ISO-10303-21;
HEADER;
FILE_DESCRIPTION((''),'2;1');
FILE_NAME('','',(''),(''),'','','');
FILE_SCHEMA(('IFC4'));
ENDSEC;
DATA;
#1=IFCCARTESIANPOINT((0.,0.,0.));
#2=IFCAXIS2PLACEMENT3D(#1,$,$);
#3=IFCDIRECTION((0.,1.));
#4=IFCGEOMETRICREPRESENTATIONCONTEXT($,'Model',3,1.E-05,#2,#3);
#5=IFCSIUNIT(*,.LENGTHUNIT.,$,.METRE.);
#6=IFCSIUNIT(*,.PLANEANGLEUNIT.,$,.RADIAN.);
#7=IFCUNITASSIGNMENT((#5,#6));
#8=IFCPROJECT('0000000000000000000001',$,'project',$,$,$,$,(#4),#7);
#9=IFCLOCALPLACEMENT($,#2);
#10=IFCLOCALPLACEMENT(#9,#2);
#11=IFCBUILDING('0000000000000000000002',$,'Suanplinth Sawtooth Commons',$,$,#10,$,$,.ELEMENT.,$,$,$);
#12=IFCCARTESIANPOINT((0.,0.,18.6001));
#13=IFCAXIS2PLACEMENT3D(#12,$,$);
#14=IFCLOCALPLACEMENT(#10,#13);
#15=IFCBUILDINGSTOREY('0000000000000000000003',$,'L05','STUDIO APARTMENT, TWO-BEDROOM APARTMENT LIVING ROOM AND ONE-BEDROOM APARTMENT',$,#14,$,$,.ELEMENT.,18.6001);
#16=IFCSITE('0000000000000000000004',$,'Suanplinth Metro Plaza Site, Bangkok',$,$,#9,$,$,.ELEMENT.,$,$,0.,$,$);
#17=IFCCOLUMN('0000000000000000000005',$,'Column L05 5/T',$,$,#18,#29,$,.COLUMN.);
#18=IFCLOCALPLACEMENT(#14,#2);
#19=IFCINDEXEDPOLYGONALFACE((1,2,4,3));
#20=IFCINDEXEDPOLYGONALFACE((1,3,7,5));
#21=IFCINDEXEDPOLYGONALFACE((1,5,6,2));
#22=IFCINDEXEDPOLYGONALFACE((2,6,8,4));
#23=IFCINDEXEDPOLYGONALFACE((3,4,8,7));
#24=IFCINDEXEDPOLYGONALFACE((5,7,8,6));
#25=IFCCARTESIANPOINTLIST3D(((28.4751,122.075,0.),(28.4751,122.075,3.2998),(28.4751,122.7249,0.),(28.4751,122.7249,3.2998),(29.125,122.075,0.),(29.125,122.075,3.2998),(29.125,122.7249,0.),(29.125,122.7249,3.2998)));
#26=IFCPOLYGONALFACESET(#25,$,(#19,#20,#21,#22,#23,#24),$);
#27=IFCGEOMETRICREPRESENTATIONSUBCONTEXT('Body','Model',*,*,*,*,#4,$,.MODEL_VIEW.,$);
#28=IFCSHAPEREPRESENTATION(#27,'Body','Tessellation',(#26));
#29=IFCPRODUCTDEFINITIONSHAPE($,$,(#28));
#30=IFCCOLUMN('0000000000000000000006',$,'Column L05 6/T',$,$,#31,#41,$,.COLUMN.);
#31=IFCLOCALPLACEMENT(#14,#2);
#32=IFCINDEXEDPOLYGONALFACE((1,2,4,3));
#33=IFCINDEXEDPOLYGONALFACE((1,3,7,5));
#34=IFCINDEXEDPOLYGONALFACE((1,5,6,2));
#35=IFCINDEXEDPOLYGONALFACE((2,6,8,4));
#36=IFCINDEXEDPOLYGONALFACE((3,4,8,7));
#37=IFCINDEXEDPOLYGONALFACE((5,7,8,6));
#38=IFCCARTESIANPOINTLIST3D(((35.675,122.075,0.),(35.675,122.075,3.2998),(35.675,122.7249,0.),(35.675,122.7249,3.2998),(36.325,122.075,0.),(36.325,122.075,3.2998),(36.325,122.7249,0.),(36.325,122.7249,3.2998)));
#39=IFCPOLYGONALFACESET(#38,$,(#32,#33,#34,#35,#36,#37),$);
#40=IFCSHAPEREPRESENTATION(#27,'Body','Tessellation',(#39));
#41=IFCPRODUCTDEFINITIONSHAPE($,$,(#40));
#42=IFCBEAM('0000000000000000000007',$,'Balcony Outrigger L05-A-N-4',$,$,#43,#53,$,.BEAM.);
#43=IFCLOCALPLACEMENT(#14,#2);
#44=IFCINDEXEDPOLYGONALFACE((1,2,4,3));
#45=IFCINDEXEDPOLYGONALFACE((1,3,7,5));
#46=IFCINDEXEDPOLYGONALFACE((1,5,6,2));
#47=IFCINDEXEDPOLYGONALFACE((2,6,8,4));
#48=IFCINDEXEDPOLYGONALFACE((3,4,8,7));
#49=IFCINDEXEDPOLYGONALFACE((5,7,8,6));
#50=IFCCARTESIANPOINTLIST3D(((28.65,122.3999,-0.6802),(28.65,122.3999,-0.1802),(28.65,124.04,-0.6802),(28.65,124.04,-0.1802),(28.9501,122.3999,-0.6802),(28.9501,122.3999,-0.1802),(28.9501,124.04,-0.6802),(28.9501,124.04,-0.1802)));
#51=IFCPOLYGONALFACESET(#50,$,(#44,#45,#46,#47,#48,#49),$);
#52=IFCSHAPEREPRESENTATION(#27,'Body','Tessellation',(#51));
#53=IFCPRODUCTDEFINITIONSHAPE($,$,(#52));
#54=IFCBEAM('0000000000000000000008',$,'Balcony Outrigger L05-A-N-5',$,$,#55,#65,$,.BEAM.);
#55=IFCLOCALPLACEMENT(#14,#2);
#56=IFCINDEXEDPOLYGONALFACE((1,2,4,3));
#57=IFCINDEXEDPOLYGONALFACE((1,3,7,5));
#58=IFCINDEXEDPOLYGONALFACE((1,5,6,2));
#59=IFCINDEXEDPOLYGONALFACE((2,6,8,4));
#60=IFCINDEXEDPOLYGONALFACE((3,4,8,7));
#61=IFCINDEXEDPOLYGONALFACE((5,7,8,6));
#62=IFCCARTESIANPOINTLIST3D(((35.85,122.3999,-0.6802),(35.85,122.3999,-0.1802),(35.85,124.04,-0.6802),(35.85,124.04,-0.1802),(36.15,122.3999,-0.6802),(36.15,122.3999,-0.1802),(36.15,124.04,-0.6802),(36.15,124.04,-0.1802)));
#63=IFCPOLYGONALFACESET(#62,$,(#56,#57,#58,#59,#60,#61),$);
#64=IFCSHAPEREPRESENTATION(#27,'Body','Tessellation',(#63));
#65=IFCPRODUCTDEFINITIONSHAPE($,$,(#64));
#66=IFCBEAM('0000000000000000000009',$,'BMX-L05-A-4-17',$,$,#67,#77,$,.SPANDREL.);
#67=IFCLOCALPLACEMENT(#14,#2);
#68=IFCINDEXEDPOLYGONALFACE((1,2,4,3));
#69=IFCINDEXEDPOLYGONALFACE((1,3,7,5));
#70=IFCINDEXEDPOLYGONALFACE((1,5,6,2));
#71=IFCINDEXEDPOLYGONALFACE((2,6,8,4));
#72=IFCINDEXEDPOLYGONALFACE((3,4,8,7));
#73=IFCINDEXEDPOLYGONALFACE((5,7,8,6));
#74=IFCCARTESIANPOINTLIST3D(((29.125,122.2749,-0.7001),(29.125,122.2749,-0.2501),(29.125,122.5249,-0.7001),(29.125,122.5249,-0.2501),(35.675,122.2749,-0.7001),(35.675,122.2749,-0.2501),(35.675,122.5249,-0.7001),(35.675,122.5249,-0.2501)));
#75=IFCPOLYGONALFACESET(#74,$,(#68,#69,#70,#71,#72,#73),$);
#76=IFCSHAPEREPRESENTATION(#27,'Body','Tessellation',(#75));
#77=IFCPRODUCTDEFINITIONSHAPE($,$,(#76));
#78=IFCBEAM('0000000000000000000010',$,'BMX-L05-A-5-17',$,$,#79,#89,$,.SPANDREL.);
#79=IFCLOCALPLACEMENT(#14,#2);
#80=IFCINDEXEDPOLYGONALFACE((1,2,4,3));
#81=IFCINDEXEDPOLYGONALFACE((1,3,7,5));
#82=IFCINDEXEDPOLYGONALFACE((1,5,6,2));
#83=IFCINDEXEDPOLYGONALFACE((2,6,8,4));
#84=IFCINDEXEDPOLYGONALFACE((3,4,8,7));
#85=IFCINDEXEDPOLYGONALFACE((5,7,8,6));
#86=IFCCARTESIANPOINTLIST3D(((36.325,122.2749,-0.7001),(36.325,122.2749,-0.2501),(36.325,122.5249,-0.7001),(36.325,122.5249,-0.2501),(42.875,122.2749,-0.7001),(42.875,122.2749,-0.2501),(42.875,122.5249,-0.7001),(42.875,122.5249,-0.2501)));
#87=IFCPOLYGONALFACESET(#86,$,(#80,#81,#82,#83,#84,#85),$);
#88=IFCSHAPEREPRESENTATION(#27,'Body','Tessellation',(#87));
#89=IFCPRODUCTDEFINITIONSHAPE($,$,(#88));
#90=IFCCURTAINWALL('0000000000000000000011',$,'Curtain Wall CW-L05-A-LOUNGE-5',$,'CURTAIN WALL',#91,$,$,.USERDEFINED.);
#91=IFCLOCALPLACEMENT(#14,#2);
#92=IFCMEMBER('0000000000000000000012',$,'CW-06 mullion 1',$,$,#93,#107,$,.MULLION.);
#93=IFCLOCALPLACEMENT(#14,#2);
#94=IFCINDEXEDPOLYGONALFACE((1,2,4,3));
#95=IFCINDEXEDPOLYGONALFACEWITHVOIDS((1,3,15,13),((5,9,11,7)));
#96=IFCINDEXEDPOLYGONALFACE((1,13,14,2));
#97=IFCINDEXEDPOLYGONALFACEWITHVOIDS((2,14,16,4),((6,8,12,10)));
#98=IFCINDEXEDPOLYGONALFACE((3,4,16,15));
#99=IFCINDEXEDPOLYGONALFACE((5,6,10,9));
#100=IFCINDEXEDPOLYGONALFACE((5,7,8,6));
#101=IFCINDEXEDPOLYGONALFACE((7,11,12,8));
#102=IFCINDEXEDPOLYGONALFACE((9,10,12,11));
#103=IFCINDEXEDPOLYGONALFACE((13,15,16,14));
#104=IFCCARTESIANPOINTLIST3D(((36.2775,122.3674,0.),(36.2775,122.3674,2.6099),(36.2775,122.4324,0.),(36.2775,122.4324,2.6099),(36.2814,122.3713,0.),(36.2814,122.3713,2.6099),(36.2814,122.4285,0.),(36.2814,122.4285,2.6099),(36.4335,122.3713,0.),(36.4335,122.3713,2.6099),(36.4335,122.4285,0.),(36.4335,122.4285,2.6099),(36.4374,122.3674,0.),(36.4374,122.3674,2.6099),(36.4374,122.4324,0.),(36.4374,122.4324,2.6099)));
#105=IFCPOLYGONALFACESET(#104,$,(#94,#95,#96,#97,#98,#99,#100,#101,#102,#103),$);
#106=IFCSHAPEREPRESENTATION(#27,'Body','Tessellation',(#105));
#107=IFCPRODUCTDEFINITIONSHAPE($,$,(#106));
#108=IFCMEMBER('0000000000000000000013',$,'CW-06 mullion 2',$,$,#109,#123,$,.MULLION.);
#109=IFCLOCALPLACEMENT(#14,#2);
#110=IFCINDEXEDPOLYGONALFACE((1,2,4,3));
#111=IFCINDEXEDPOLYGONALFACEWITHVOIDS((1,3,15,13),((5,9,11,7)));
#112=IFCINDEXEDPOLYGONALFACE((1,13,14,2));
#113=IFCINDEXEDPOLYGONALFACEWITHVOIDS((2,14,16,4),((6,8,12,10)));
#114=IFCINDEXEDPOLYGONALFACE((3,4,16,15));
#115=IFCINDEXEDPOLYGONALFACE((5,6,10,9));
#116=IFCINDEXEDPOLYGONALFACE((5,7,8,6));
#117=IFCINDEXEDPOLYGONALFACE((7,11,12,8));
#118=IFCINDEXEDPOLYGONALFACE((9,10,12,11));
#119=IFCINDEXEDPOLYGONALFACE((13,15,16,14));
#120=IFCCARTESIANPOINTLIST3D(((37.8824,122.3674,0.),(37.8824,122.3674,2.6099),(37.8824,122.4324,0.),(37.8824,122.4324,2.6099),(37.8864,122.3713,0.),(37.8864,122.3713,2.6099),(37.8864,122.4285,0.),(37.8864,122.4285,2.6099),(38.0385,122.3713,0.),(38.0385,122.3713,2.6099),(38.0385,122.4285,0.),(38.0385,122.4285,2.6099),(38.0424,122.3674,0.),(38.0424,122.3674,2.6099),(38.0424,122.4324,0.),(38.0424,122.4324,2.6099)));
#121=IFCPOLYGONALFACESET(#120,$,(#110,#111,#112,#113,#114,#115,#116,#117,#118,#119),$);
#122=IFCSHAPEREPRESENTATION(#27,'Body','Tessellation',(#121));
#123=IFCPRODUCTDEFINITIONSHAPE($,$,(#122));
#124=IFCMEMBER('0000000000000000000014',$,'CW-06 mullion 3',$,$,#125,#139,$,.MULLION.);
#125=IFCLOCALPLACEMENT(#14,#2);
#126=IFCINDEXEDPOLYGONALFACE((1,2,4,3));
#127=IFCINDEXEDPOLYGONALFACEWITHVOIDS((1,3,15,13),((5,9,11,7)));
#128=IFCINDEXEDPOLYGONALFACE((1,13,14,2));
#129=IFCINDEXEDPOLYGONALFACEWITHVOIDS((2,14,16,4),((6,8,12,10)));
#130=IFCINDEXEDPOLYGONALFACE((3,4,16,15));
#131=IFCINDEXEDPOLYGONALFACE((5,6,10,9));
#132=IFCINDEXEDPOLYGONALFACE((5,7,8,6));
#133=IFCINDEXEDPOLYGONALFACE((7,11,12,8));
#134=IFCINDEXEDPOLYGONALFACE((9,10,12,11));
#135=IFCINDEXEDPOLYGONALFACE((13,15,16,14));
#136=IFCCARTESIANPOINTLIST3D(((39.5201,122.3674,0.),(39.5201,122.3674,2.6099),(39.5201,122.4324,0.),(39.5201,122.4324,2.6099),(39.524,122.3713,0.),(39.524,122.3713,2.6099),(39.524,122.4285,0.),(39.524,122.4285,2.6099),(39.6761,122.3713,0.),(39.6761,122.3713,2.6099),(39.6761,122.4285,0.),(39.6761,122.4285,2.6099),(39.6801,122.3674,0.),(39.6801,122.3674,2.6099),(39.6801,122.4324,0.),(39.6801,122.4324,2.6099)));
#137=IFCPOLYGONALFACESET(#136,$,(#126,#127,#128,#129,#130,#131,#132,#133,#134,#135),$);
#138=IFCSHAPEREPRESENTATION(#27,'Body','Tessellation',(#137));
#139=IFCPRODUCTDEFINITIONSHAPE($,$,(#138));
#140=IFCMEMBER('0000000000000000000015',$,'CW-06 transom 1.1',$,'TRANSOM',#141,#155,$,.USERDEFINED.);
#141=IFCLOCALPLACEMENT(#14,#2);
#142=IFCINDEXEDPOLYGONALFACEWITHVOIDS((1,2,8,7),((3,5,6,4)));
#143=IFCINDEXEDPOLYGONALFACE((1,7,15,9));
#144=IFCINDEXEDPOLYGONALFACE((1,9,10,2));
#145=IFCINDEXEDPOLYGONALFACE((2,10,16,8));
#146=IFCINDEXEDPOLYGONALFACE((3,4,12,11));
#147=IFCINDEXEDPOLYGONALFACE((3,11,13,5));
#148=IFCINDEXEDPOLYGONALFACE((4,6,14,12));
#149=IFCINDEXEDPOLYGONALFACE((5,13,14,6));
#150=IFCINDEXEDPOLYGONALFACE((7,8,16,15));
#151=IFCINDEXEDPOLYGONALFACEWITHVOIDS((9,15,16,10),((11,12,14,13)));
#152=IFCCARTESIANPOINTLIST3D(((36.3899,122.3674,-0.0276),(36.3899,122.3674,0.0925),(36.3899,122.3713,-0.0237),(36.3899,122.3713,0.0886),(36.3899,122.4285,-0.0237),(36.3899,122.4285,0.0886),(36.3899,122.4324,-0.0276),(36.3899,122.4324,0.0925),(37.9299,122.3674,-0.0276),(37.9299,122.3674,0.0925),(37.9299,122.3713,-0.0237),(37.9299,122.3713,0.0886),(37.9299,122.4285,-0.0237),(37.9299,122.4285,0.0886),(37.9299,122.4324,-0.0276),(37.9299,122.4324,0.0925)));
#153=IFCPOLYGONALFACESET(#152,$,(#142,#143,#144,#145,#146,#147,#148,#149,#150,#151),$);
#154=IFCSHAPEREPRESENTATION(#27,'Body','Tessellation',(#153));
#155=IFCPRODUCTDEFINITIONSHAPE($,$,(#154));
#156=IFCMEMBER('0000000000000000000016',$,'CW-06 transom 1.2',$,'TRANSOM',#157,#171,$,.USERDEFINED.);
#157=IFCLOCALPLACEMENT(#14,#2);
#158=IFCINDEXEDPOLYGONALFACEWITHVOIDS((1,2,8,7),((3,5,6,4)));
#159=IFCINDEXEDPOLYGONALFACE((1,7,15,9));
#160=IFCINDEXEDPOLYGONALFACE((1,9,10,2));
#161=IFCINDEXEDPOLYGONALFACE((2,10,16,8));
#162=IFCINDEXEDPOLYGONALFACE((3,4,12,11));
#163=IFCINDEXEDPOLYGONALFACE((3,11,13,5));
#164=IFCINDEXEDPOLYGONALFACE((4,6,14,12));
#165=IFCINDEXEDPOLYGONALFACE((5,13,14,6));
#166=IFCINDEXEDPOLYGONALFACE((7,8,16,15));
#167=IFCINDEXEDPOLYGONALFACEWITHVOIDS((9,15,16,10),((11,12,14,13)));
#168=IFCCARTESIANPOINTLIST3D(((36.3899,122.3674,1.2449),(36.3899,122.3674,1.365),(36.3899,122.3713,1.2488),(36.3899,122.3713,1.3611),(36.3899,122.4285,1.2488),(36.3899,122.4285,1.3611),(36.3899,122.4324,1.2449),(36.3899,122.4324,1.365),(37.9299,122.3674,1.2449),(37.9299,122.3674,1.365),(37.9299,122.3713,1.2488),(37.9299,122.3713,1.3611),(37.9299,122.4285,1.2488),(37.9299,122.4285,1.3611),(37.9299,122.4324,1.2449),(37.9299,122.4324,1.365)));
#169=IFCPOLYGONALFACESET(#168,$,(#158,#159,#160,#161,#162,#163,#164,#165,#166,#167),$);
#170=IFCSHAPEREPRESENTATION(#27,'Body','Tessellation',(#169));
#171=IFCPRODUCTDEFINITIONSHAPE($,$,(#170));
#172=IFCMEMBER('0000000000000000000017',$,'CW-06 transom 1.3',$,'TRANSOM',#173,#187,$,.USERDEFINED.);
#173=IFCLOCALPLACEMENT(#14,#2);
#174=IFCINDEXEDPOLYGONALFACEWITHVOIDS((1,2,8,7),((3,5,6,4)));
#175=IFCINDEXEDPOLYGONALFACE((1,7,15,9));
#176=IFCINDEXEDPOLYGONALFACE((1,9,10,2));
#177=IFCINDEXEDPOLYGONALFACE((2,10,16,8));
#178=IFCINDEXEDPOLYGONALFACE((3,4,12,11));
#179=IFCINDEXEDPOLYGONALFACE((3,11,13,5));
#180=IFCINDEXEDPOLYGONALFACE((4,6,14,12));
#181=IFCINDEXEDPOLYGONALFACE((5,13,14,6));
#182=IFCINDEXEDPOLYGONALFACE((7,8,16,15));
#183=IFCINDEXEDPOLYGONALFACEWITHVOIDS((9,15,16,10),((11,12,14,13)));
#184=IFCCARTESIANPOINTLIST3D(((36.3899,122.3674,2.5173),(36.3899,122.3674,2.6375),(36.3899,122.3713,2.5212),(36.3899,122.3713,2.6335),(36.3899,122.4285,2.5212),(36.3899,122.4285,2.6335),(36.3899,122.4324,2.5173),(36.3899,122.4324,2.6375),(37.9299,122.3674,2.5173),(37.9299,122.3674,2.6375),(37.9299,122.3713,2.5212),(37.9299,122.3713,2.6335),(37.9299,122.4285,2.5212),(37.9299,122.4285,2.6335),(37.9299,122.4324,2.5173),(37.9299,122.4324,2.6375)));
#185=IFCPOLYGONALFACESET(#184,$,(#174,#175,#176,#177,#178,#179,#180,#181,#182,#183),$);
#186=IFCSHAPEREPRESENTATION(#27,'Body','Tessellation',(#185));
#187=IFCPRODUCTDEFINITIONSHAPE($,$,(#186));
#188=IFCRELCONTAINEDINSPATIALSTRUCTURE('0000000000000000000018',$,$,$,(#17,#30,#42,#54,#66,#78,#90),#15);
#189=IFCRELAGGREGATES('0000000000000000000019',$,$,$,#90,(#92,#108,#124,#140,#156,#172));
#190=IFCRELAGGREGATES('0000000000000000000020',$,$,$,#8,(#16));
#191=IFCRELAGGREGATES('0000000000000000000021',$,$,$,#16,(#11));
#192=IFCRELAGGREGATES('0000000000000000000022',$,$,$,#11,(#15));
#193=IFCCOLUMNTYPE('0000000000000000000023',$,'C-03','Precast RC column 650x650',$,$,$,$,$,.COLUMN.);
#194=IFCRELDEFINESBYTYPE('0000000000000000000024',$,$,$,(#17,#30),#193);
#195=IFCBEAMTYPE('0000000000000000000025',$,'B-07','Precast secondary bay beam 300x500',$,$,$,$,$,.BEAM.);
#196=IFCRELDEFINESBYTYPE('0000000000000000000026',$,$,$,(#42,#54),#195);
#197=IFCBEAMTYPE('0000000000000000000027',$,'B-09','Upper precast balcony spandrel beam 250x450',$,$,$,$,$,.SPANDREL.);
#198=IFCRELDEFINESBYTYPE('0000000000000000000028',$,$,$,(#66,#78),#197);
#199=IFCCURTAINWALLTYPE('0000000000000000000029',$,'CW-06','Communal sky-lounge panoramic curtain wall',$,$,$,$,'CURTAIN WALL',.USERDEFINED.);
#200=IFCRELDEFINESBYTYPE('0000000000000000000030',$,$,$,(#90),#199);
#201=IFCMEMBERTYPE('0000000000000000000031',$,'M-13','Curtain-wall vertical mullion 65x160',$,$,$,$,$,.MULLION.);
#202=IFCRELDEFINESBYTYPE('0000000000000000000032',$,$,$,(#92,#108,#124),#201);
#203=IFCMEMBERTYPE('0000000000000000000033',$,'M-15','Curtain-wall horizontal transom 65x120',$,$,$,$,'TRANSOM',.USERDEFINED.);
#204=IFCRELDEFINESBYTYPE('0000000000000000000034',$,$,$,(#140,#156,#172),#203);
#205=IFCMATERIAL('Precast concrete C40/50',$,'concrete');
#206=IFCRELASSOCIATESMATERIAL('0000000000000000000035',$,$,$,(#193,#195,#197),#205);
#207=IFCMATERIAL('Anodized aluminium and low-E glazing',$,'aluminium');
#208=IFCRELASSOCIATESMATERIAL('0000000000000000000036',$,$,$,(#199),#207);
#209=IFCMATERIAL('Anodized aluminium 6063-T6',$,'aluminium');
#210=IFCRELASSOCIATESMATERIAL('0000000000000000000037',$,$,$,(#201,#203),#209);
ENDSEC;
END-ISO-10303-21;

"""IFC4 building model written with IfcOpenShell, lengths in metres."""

from ifc_helpers import new_model, si_unit, direction, frame, origin, origin_2d, place, context, subcontext, project, spatial, rectangle, hollow_rectangle, extrude, material, material_profile, profile_set, type_object, element, aggregate, save


model = new_model("IFC4")

# Units and contexts
model_context = context("Model", 3, precision=1e-05, world=origin(), true_north=direction((0.0, 1.0)))
body_context = subcontext(model_context, "Body", "Model", "MODEL_VIEW")
ifc_project = project(units=[si_unit("LENGTHUNIT", "METRE"), si_unit("PLANEANGLEUNIT", "RADIAN")], contexts=[model_context])

# Site, building, storey
site_placement = place(None, origin())
site = spatial("IfcSite", under=ifc_project, at=site_placement, Name="Suanplinth Metro Plaza Site, Bangkok", CompositionType="ELEMENT", RefElevation=0.0)
building_placement = place(site_placement, origin())
building = spatial("IfcBuilding", under=site, at=building_placement, Name="Suanplinth Sawtooth Commons", CompositionType="ELEMENT")
storey_placement = place(building_placement, frame((0.0, 0.0, 18.6001)))
storey = spatial("IfcBuildingStorey", under=building, at=storey_placement, Name="L05", Description="STUDIO APARTMENT, TWO-BEDROOM APARTMENT LIVING ROOM AND ONE-BEDROOM APARTMENT", CompositionType="ELEMENT", Elevation=18.6001)

# Columns
ifc_material_1 = material(Name="Precast concrete C40/50", Category="concrete")
ifc_material_profile_1 = material_profile(ifc_material_1, rectangle(XDim=0.6499, YDim=0.6499, at=origin_2d()), Name="PC-COL 650x650")
ifc_profile_set_1 = profile_set([ifc_material_profile_1], Name="Precast concrete C40/50")
column_type = type_object("IfcColumnType", Name="C-03", Description="Precast RC column 650x650", PredefinedType="COLUMN", material=ifc_profile_set_1)
for number, where, z_axis, x_axis, name in (
    (1, (28.8, 122.3999, 0.0), (0.0, 0.0, 1.0), (1.0, 0.0, 0.0), "Column L05 5/T"),
    (2, (36.0, 122.3999, 0.0), (0.0, 0.0, 1.0), (1.0, 0.0, 0.0), "Column L05 6/T"),
):
    element("IfcColumn", number, at=place(storey_placement, frame(where, z_axis=z_axis, x_axis=x_axis)), inside=storey, type_object=column_type, Name=name, PredefinedType="COLUMN", context=body_context, shape_type="SweptSolid", body=[
        extrude(rectangle(XDim=0.6499, YDim=0.6499, at=origin_2d()), origin(), (0.0, 0.0, 1.0), 3.2998),
    ])

# Beams
ifc_material_profile_2 = material_profile(ifc_material_1, rectangle(XDim=0.3, YDim=0.5, at=origin_2d()), Name="PC-BM 300x500")
ifc_profile_set_2 = profile_set([ifc_material_profile_2], Name="Precast concrete C40/50")
beam_type_1 = type_object("IfcBeamType", Name="B-07", Description="Precast secondary bay beam 300x500", PredefinedType="BEAM", material=ifc_profile_set_2)
for number, where, z_axis, x_axis, name in (
    (3, (28.8, 122.3999, -0.4302), (0.0, 1.0, 0.0), (-1.0, 0.0, 0.0), "Balcony Outrigger L05-A-N-4"),
    (4, (36.0, 122.3999, -0.4302), (0.0, 1.0, 0.0), (-1.0, 0.0, 0.0), "Balcony Outrigger L05-A-N-5"),
):
    element("IfcBeam", number, at=place(storey_placement, frame(where, z_axis=z_axis, x_axis=x_axis)), inside=storey, type_object=beam_type_1, Name=name, PredefinedType="BEAM", context=body_context, shape_type="SweptSolid", body=[
        extrude(rectangle(XDim=0.3, YDim=0.5, at=origin_2d()), origin(), (0.0, 0.0, 1.0), 1.6401),
    ])
ifc_material_profile_3 = material_profile(ifc_material_1, rectangle(XDim=0.25, YDim=0.45, at=origin_2d()), Name="PC-SP 250x450")
ifc_profile_set_3 = profile_set([ifc_material_profile_3], Name="Precast concrete C40/50")
beam_type_2 = type_object("IfcBeamType", Name="B-09", Description="Upper precast balcony spandrel beam 250x450", PredefinedType="SPANDREL", material=ifc_profile_set_3)
for number, where, z_axis, x_axis, name in (
    (5, (29.125, 122.3999, -0.4751), (1.0, 0.0, 0.0), (0.0, 1.0, 0.0), "BMX-L05-A-4-17"),
    (6, (36.325, 122.3999, -0.4751), (1.0, 0.0, 0.0), (0.0, 1.0, 0.0), "BMX-L05-A-5-17"),
):
    element("IfcBeam", number, at=place(storey_placement, frame(where, z_axis=z_axis, x_axis=x_axis)), inside=storey, type_object=beam_type_2, Name=name, PredefinedType="SPANDREL", context=body_context, shape_type="SweptSolid", body=[
        extrude(rectangle(XDim=0.25, YDim=0.45, at=origin_2d()), origin(), (0.0, 0.0, 1.0), 6.55),
    ])

# Curtain wall, members
ifc_material_2 = material(Name="Anodized aluminium and low-E glazing", Category="aluminium")
curtain_wall_type = type_object("IfcCurtainWallType", Name="CW-06", Description="Communal sky-lounge panoramic curtain wall", ElementType="CURTAIN WALL", PredefinedType="USERDEFINED", material=ifc_material_2)
curtain_wall_placement = place(storey_placement, origin())
curtain_wall = element("IfcCurtainWall", 7, at=curtain_wall_placement, inside=storey, type_object=curtain_wall_type, Name="Curtain Wall CW-L05-A-LOUNGE-5", ObjectType="CURTAIN WALL", PredefinedType="USERDEFINED")
ifc_material_3 = material(Name="Anodized aluminium 6063-T6", Category="aluminium")
ifc_material_profile_4 = material_profile(ifc_material_3, hollow_rectangle(XDim=0.0649, YDim=0.1599, WallThickness=0.0039, at=origin_2d()), Name="ALU-MUL 65x160")
ifc_profile_set_4 = profile_set([ifc_material_profile_4], Name="Anodized aluminium 6063-T6")
member_type_1 = type_object("IfcMemberType", Name="M-13", Description="Curtain-wall vertical mullion 65x160", PredefinedType="MULLION", material=ifc_profile_set_4)
member_1_placement = place(storey_placement, frame((36.3574, 122.3999, 0.0), z_axis=(0.0, 0.0, 1.0), x_axis=(0.0, 1.0, 0.0)))
member_1 = element("IfcMember", 8, at=member_1_placement, type_object=member_type_1, Name="CW-06 mullion 1", PredefinedType="MULLION", context=body_context, shape_type="SweptSolid", body=[
    extrude(hollow_rectangle(XDim=0.0649, YDim=0.1599, WallThickness=0.0039, at=origin_2d()), origin(), (0.0, 0.0, 1.0), 2.6099),
])
member_2_placement = place(storey_placement, frame((37.9624, 122.3999, 0.0), z_axis=(0.0, 0.0, 1.0), x_axis=(0.0, 1.0, 0.0)))
member_2 = element("IfcMember", 9, at=member_2_placement, type_object=member_type_1, Name="CW-06 mullion 2", PredefinedType="MULLION", context=body_context, shape_type="SweptSolid", body=[
    extrude(hollow_rectangle(XDim=0.0649, YDim=0.1599, WallThickness=0.0039, at=origin_2d()), origin(), (0.0, 0.0, 1.0), 2.6099),
])
member_3_placement = place(storey_placement, frame((39.6001, 122.3999, 0.0), z_axis=(0.0, 0.0, 1.0), x_axis=(0.0, 1.0, 0.0)))
member_3 = element("IfcMember", 10, at=member_3_placement, type_object=member_type_1, Name="CW-06 mullion 3", PredefinedType="MULLION", context=body_context, shape_type="SweptSolid", body=[
    extrude(hollow_rectangle(XDim=0.0649, YDim=0.1599, WallThickness=0.0039, at=origin_2d()), origin(), (0.0, 0.0, 1.0), 2.6099),
])
ifc_material_profile_5 = material_profile(ifc_material_3, hollow_rectangle(XDim=0.0649, YDim=0.1201, WallThickness=0.0039, at=origin_2d()), Name="ALU-TRN 65x120")
ifc_profile_set_5 = profile_set([ifc_material_profile_5], Name="Anodized aluminium 6063-T6")
member_type_2 = type_object("IfcMemberType", Name="M-15", Description="Curtain-wall horizontal transom 65x120", ElementType="TRANSOM", PredefinedType="USERDEFINED", material=ifc_profile_set_5)
member_4_placement = place(storey_placement, frame((36.3899, 122.3999, 0.0325), z_axis=(1.0, 0.0, 0.0), x_axis=(0.0, 1.0, 0.0)))
member_4 = element("IfcMember", 11, at=member_4_placement, type_object=member_type_2, Name="CW-06 transom 1.1", ObjectType="TRANSOM", PredefinedType="USERDEFINED", context=body_context, shape_type="SweptSolid", body=[
    extrude(hollow_rectangle(XDim=0.0649, YDim=0.1201, WallThickness=0.0039, at=origin_2d()), origin(), (0.0, 0.0, 1.0), 1.54),
])
member_5_placement = place(storey_placement, frame((36.3899, 122.3999, 1.3049), z_axis=(1.0, 0.0, 0.0), x_axis=(0.0, 1.0, 0.0)))
member_5 = element("IfcMember", 12, at=member_5_placement, type_object=member_type_2, Name="CW-06 transom 1.2", ObjectType="TRANSOM", PredefinedType="USERDEFINED", context=body_context, shape_type="SweptSolid", body=[
    extrude(hollow_rectangle(XDim=0.0649, YDim=0.1201, WallThickness=0.0039, at=origin_2d()), origin(), (0.0, 0.0, 1.0), 1.54),
])
member_6_placement = place(storey_placement, frame((36.3899, 122.3999, 2.5774), z_axis=(1.0, 0.0, 0.0), x_axis=(0.0, 1.0, 0.0)))
member_6 = element("IfcMember", 13, at=member_6_placement, type_object=member_type_2, Name="CW-06 transom 1.3", ObjectType="TRANSOM", PredefinedType="USERDEFINED", context=body_context, shape_type="SweptSolid", body=[
    extrude(hollow_rectangle(XDim=0.0649, YDim=0.1201, WallThickness=0.0039, at=origin_2d()), origin(), (0.0, 0.0, 1.0), 1.54),
])
aggregate(curtain_wall, [member_1, member_2, member_3, member_4, member_5, member_6])

save(model, "model.ifc")
